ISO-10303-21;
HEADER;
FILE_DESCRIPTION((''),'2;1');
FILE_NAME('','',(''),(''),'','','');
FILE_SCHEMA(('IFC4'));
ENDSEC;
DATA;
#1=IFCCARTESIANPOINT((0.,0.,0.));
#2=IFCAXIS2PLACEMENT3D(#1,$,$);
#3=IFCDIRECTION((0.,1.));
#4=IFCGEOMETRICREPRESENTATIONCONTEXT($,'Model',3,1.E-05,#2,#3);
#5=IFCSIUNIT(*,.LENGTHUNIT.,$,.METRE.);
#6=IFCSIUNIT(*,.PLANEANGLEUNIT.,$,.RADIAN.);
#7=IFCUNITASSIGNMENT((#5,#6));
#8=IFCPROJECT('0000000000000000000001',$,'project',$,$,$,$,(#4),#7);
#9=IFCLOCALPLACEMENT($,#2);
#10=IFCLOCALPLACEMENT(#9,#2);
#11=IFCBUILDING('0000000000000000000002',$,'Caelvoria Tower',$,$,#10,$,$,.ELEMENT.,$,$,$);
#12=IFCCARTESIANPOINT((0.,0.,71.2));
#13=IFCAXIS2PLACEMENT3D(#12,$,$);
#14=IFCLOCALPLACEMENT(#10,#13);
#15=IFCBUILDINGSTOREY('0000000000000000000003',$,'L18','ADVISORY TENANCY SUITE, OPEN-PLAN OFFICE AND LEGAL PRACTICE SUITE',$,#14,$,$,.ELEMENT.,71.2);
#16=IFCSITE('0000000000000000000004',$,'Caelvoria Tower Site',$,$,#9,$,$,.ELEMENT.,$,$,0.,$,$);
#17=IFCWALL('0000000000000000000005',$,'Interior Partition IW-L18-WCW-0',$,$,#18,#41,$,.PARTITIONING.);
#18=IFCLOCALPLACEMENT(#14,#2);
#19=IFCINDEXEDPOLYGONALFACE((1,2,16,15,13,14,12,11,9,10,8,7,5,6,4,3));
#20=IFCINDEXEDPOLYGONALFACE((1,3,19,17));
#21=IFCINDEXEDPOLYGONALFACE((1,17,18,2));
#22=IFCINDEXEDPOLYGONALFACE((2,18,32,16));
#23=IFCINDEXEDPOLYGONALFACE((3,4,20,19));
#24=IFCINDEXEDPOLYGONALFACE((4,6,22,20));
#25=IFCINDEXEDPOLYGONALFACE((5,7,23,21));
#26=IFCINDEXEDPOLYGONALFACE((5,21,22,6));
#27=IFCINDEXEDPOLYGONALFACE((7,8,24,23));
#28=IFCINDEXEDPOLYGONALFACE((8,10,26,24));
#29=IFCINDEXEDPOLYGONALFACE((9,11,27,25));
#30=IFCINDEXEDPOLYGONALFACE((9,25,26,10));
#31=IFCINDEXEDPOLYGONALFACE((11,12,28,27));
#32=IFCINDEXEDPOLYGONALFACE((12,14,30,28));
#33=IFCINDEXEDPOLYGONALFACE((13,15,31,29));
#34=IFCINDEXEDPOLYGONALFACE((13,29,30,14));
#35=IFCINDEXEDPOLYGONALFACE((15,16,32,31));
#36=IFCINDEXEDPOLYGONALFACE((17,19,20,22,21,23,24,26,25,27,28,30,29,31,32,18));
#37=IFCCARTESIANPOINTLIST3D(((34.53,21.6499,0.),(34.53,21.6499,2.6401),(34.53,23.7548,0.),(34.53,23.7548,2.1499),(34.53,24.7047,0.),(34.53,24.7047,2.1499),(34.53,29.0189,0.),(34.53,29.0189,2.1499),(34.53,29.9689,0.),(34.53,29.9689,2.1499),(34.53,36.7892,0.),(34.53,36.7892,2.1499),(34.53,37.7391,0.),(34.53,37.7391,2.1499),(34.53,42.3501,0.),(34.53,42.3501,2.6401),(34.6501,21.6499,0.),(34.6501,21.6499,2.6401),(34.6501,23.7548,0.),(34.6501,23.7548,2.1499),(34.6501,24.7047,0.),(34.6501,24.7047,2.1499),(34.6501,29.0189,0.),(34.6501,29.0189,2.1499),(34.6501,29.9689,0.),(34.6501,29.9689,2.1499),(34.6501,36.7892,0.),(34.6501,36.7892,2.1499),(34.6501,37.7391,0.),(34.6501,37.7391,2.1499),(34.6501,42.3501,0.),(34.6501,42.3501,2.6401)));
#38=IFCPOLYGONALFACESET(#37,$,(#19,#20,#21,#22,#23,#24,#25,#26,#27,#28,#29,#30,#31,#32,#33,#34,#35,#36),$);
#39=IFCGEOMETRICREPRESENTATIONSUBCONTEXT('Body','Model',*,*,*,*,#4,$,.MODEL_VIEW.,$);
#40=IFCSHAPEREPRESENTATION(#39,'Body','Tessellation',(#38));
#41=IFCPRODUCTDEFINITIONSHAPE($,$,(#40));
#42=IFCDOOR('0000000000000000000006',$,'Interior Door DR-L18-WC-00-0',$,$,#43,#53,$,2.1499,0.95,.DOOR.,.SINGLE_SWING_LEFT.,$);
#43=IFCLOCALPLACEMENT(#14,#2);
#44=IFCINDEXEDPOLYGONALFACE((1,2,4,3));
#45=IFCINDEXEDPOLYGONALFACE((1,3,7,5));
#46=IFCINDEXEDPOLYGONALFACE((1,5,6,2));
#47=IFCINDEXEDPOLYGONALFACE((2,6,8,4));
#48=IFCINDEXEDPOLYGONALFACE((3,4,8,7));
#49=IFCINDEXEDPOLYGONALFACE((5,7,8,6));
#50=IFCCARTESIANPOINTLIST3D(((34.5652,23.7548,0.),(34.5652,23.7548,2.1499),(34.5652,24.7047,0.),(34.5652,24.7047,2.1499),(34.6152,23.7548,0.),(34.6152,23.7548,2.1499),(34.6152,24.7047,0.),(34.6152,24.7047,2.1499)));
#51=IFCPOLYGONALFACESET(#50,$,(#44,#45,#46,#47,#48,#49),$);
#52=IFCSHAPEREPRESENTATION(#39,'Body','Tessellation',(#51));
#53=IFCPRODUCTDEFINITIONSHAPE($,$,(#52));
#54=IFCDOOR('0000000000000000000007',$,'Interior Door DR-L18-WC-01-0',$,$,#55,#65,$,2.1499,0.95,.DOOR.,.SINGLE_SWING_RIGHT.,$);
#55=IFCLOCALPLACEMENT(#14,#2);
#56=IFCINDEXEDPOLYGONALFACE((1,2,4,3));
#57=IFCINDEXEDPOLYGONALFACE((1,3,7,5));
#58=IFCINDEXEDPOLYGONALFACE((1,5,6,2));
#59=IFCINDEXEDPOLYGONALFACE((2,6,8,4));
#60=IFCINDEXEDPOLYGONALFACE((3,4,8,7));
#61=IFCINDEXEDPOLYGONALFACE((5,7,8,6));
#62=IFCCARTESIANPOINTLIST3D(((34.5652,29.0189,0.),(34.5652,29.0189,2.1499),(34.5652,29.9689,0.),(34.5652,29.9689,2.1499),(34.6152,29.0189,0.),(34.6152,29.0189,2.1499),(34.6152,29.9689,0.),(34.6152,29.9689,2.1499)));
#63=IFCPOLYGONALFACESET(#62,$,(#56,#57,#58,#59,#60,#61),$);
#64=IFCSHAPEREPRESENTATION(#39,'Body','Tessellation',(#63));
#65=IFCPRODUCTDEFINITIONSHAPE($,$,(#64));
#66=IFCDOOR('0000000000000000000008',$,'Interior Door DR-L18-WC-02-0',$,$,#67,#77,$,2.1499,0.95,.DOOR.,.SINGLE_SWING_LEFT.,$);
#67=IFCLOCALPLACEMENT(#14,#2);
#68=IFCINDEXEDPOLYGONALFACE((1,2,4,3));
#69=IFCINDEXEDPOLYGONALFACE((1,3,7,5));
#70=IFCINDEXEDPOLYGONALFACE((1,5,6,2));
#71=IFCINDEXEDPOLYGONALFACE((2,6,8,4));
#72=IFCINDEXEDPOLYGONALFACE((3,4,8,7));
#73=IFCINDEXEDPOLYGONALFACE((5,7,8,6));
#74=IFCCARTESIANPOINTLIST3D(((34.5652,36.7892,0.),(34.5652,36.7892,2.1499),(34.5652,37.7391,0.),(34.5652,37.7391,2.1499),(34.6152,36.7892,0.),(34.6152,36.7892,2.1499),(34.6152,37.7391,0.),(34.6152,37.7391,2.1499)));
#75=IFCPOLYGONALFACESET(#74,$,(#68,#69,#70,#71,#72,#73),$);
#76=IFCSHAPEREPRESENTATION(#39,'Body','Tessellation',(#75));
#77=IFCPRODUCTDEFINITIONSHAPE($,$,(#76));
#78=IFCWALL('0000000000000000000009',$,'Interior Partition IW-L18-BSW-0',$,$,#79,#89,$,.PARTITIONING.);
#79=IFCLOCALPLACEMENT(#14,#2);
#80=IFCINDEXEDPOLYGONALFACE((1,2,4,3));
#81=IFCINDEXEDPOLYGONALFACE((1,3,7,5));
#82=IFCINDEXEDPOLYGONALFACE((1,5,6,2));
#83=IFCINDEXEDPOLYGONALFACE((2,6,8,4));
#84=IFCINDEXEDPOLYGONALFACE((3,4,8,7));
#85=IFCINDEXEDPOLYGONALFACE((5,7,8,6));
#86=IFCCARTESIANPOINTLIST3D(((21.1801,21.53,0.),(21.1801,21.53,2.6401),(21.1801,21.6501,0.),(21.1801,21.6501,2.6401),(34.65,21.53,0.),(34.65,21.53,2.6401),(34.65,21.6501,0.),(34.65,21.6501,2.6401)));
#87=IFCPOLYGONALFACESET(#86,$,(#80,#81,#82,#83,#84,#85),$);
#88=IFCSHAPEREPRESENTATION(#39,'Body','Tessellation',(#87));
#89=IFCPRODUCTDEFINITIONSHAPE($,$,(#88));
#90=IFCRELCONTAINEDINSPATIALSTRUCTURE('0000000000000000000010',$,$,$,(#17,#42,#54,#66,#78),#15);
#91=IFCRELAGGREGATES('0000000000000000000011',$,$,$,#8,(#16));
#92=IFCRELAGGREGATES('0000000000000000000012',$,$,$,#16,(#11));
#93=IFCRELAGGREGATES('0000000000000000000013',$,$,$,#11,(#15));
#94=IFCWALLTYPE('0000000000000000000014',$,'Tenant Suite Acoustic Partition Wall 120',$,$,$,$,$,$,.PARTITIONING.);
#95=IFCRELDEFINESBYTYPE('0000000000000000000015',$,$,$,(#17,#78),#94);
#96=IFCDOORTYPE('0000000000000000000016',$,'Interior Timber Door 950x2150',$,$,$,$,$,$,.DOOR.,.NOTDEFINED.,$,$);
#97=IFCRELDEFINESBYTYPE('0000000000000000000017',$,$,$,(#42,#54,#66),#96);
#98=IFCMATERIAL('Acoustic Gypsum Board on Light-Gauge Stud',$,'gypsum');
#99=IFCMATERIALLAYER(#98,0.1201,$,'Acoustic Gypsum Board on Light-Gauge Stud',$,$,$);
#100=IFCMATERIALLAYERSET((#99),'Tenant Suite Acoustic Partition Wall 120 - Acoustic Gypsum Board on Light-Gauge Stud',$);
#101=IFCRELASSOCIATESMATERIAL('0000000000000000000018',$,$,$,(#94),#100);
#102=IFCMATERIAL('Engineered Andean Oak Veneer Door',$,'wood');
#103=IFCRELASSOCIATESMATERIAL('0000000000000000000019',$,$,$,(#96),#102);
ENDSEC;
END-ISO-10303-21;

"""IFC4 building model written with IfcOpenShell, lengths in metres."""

from ifc_helpers import new_model, si_unit, direction, frame, frame_2d, origin, place, context, subcontext, project, spatial, rectangle, extrude, material, layer, layer_set, type_object, element, fill, save


model = new_model("IFC4")

# Units and contexts
model_context = context("Model", 3, precision=1e-05, world=origin(), true_north=direction((0.0, 1.0)))
body_context = subcontext(model_context, "Body", "Model", "MODEL_VIEW")
ifc_project = project(units=[si_unit("LENGTHUNIT", "METRE"), si_unit("PLANEANGLEUNIT", "RADIAN")], contexts=[model_context])

# Site, building, storey
site_placement = place(None, origin())
site = spatial("IfcSite", under=ifc_project, at=site_placement, Name="Caelvoria Tower Site", CompositionType="ELEMENT", RefElevation=0.0)
building_placement = place(site_placement, origin())
building = spatial("IfcBuilding", under=site, at=building_placement, Name="Caelvoria Tower", CompositionType="ELEMENT")
storey_placement = place(building_placement, frame((0.0, 0.0, 71.2)))
storey = spatial("IfcBuildingStorey", under=building, at=storey_placement, Name="L18", Description="ADVISORY TENANCY SUITE, OPEN-PLAN OFFICE AND LEGAL PRACTICE SUITE", CompositionType="ELEMENT", Elevation=71.2)

# Shared definitions
ifc_material_1 = material(Name="Acoustic Gypsum Board on Light-Gauge Stud", Category="gypsum")
ifc_layer_1 = layer(ifc_material_1, 0.1201, Name="Acoustic Gypsum Board on Light-Gauge Stud")
ifc_layer_set_1 = layer_set([ifc_layer_1], Name="Tenant Suite Acoustic Partition Wall 120 - Acoustic Gypsum Board on Light-Gauge Stud")
wall_type_1 = type_object("IfcWallType", Name="Tenant Suite Acoustic Partition Wall 120", PredefinedType="PARTITIONING", material=ifc_layer_set_1)
ifc_material_2 = material(Name="Engineered Andean Oak Veneer Door", Category="wood")

# Wall, openings, doors
door_type_1 = type_object("IfcDoorType", Name="Interior Timber Door 950x2150", OperationType="NOTDEFINED", PredefinedType="DOOR", material=ifc_material_2)
wall_1_placement = place(storey_placement, frame((34.5901, 21.6499, 0.0), z_axis=(0.0, 0.0, 1.0), x_axis=(0.0, 1.0, 0.0)))
wall_1 = element("IfcWall", 1, at=wall_1_placement, inside=storey, type_object=wall_type_1, Name="Interior Partition IW-L18-WCW-0", PredefinedType="PARTITIONING", context=body_context, shape_type="SweptSolid", body=[
    extrude(rectangle(XDim=20.7002, YDim=0.1201, at=frame_2d((10.3501, 0.0))), origin(), (0.0, 0.0, 1.0), 2.6401),
])
opening_1_placement = place(wall_1_placement, frame((2.1047, 0.0, 0.0)))
opening_1 = element("IfcOpeningElement", 2, at=opening_1_placement, cuts=wall_1, PredefinedType="OPENING", context=body_context, shape_type="SweptSolid", body=[
    extrude(rectangle(XDim=0.95, YDim=2.1499, at=frame_2d((0.4751, 1.075))), frame((0.0, 0.0701, 0.0), z_axis=(0.0, -1.0, 0.0), x_axis=(1.0, 0.0, 0.0)), (0.0, 0.0, 1.0), 0.1401),
])
opening_2_placement = place(wall_1_placement, frame((7.3689, 0.0, 0.0)))
opening_2 = element("IfcOpeningElement", 3, at=opening_2_placement, cuts=wall_1, PredefinedType="OPENING", context=body_context, shape_type="SweptSolid", body=[
    extrude(rectangle(XDim=0.95, YDim=2.1499, at=frame_2d((0.4751, 1.075))), frame((0.0, 0.0701, 0.0), z_axis=(0.0, -1.0, 0.0), x_axis=(1.0, 0.0, 0.0)), (0.0, 0.0, 1.0), 0.1401),
])
opening_3_placement = place(wall_1_placement, frame((15.1392, 0.0, 0.0)))
opening_3 = element("IfcOpeningElement", 4, at=opening_3_placement, cuts=wall_1, PredefinedType="OPENING", context=body_context, shape_type="SweptSolid", body=[
    extrude(rectangle(XDim=0.95, YDim=2.1499, at=frame_2d((0.4751, 1.075))), frame((0.0, 0.0701, 0.0), z_axis=(0.0, -1.0, 0.0), x_axis=(1.0, 0.0, 0.0)), (0.0, 0.0, 1.0), 0.1401),
])
door_1_placement = place(opening_1_placement, origin())
door_1 = element("IfcDoor", 5, at=door_1_placement, inside=storey, type_object=door_type_1, Name="Interior Door DR-L18-WC-00-0", OperationType="SINGLE_SWING_LEFT", OverallHeight=2.1499, OverallWidth=0.95, PredefinedType="DOOR", context=body_context, shape_type="SweptSolid", body=[
    extrude(rectangle(XDim=0.95, YDim=2.1499, at=frame_2d((0.4751, 1.075))), frame((0.0, 0.0249, 0.0), z_axis=(0.0, -1.0, 0.0), x_axis=(1.0, 0.0, 0.0)), (0.0, 0.0, 1.0), 0.05),
])
fill(opening_1, door_1)
door_2_placement = place(opening_2_placement, origin())
door_2 = element("IfcDoor", 6, at=door_2_placement, inside=storey, type_object=door_type_1, Name="Interior Door DR-L18-WC-01-0", OperationType="SINGLE_SWING_RIGHT", OverallHeight=2.1499, OverallWidth=0.95, PredefinedType="DOOR", context=body_context, shape_type="SweptSolid", body=[
    extrude(rectangle(XDim=0.95, YDim=2.1499, at=frame_2d((0.4751, 1.075))), frame((0.0, 0.0249, 0.0), z_axis=(0.0, -1.0, 0.0), x_axis=(1.0, 0.0, 0.0)), (0.0, 0.0, 1.0), 0.05),
])
fill(opening_2, door_2)
door_3_placement = place(opening_3_placement, origin())
door_3 = element("IfcDoor", 7, at=door_3_placement, inside=storey, type_object=door_type_1, Name="Interior Door DR-L18-WC-02-0", OperationType="SINGLE_SWING_LEFT", OverallHeight=2.1499, OverallWidth=0.95, PredefinedType="DOOR", context=body_context, shape_type="SweptSolid", body=[
    extrude(rectangle(XDim=0.95, YDim=2.1499, at=frame_2d((0.4751, 1.075))), frame((0.0, 0.0249, 0.0), z_axis=(0.0, -1.0, 0.0), x_axis=(1.0, 0.0, 0.0)), (0.0, 0.0, 1.0), 0.05),
])
fill(opening_3, door_3)

# Wall
wall_2_placement = place(storey_placement, frame((34.6499, 21.5901, 0.0), z_axis=(0.0, 0.0, 1.0), x_axis=(-1.0, 0.0, 0.0)))
element("IfcWall", 8, at=wall_2_placement, inside=storey, type_object=wall_type_1, Name="Interior Partition IW-L18-BSW-0", PredefinedType="PARTITIONING", context=body_context, shape_type="SweptSolid", body=[
    extrude(rectangle(XDim=13.47, YDim=0.1201, at=frame_2d((6.7349, 0.0))), origin(), (0.0, 0.0, 1.0), 2.6401),
])

save(model, "model.ifc")
